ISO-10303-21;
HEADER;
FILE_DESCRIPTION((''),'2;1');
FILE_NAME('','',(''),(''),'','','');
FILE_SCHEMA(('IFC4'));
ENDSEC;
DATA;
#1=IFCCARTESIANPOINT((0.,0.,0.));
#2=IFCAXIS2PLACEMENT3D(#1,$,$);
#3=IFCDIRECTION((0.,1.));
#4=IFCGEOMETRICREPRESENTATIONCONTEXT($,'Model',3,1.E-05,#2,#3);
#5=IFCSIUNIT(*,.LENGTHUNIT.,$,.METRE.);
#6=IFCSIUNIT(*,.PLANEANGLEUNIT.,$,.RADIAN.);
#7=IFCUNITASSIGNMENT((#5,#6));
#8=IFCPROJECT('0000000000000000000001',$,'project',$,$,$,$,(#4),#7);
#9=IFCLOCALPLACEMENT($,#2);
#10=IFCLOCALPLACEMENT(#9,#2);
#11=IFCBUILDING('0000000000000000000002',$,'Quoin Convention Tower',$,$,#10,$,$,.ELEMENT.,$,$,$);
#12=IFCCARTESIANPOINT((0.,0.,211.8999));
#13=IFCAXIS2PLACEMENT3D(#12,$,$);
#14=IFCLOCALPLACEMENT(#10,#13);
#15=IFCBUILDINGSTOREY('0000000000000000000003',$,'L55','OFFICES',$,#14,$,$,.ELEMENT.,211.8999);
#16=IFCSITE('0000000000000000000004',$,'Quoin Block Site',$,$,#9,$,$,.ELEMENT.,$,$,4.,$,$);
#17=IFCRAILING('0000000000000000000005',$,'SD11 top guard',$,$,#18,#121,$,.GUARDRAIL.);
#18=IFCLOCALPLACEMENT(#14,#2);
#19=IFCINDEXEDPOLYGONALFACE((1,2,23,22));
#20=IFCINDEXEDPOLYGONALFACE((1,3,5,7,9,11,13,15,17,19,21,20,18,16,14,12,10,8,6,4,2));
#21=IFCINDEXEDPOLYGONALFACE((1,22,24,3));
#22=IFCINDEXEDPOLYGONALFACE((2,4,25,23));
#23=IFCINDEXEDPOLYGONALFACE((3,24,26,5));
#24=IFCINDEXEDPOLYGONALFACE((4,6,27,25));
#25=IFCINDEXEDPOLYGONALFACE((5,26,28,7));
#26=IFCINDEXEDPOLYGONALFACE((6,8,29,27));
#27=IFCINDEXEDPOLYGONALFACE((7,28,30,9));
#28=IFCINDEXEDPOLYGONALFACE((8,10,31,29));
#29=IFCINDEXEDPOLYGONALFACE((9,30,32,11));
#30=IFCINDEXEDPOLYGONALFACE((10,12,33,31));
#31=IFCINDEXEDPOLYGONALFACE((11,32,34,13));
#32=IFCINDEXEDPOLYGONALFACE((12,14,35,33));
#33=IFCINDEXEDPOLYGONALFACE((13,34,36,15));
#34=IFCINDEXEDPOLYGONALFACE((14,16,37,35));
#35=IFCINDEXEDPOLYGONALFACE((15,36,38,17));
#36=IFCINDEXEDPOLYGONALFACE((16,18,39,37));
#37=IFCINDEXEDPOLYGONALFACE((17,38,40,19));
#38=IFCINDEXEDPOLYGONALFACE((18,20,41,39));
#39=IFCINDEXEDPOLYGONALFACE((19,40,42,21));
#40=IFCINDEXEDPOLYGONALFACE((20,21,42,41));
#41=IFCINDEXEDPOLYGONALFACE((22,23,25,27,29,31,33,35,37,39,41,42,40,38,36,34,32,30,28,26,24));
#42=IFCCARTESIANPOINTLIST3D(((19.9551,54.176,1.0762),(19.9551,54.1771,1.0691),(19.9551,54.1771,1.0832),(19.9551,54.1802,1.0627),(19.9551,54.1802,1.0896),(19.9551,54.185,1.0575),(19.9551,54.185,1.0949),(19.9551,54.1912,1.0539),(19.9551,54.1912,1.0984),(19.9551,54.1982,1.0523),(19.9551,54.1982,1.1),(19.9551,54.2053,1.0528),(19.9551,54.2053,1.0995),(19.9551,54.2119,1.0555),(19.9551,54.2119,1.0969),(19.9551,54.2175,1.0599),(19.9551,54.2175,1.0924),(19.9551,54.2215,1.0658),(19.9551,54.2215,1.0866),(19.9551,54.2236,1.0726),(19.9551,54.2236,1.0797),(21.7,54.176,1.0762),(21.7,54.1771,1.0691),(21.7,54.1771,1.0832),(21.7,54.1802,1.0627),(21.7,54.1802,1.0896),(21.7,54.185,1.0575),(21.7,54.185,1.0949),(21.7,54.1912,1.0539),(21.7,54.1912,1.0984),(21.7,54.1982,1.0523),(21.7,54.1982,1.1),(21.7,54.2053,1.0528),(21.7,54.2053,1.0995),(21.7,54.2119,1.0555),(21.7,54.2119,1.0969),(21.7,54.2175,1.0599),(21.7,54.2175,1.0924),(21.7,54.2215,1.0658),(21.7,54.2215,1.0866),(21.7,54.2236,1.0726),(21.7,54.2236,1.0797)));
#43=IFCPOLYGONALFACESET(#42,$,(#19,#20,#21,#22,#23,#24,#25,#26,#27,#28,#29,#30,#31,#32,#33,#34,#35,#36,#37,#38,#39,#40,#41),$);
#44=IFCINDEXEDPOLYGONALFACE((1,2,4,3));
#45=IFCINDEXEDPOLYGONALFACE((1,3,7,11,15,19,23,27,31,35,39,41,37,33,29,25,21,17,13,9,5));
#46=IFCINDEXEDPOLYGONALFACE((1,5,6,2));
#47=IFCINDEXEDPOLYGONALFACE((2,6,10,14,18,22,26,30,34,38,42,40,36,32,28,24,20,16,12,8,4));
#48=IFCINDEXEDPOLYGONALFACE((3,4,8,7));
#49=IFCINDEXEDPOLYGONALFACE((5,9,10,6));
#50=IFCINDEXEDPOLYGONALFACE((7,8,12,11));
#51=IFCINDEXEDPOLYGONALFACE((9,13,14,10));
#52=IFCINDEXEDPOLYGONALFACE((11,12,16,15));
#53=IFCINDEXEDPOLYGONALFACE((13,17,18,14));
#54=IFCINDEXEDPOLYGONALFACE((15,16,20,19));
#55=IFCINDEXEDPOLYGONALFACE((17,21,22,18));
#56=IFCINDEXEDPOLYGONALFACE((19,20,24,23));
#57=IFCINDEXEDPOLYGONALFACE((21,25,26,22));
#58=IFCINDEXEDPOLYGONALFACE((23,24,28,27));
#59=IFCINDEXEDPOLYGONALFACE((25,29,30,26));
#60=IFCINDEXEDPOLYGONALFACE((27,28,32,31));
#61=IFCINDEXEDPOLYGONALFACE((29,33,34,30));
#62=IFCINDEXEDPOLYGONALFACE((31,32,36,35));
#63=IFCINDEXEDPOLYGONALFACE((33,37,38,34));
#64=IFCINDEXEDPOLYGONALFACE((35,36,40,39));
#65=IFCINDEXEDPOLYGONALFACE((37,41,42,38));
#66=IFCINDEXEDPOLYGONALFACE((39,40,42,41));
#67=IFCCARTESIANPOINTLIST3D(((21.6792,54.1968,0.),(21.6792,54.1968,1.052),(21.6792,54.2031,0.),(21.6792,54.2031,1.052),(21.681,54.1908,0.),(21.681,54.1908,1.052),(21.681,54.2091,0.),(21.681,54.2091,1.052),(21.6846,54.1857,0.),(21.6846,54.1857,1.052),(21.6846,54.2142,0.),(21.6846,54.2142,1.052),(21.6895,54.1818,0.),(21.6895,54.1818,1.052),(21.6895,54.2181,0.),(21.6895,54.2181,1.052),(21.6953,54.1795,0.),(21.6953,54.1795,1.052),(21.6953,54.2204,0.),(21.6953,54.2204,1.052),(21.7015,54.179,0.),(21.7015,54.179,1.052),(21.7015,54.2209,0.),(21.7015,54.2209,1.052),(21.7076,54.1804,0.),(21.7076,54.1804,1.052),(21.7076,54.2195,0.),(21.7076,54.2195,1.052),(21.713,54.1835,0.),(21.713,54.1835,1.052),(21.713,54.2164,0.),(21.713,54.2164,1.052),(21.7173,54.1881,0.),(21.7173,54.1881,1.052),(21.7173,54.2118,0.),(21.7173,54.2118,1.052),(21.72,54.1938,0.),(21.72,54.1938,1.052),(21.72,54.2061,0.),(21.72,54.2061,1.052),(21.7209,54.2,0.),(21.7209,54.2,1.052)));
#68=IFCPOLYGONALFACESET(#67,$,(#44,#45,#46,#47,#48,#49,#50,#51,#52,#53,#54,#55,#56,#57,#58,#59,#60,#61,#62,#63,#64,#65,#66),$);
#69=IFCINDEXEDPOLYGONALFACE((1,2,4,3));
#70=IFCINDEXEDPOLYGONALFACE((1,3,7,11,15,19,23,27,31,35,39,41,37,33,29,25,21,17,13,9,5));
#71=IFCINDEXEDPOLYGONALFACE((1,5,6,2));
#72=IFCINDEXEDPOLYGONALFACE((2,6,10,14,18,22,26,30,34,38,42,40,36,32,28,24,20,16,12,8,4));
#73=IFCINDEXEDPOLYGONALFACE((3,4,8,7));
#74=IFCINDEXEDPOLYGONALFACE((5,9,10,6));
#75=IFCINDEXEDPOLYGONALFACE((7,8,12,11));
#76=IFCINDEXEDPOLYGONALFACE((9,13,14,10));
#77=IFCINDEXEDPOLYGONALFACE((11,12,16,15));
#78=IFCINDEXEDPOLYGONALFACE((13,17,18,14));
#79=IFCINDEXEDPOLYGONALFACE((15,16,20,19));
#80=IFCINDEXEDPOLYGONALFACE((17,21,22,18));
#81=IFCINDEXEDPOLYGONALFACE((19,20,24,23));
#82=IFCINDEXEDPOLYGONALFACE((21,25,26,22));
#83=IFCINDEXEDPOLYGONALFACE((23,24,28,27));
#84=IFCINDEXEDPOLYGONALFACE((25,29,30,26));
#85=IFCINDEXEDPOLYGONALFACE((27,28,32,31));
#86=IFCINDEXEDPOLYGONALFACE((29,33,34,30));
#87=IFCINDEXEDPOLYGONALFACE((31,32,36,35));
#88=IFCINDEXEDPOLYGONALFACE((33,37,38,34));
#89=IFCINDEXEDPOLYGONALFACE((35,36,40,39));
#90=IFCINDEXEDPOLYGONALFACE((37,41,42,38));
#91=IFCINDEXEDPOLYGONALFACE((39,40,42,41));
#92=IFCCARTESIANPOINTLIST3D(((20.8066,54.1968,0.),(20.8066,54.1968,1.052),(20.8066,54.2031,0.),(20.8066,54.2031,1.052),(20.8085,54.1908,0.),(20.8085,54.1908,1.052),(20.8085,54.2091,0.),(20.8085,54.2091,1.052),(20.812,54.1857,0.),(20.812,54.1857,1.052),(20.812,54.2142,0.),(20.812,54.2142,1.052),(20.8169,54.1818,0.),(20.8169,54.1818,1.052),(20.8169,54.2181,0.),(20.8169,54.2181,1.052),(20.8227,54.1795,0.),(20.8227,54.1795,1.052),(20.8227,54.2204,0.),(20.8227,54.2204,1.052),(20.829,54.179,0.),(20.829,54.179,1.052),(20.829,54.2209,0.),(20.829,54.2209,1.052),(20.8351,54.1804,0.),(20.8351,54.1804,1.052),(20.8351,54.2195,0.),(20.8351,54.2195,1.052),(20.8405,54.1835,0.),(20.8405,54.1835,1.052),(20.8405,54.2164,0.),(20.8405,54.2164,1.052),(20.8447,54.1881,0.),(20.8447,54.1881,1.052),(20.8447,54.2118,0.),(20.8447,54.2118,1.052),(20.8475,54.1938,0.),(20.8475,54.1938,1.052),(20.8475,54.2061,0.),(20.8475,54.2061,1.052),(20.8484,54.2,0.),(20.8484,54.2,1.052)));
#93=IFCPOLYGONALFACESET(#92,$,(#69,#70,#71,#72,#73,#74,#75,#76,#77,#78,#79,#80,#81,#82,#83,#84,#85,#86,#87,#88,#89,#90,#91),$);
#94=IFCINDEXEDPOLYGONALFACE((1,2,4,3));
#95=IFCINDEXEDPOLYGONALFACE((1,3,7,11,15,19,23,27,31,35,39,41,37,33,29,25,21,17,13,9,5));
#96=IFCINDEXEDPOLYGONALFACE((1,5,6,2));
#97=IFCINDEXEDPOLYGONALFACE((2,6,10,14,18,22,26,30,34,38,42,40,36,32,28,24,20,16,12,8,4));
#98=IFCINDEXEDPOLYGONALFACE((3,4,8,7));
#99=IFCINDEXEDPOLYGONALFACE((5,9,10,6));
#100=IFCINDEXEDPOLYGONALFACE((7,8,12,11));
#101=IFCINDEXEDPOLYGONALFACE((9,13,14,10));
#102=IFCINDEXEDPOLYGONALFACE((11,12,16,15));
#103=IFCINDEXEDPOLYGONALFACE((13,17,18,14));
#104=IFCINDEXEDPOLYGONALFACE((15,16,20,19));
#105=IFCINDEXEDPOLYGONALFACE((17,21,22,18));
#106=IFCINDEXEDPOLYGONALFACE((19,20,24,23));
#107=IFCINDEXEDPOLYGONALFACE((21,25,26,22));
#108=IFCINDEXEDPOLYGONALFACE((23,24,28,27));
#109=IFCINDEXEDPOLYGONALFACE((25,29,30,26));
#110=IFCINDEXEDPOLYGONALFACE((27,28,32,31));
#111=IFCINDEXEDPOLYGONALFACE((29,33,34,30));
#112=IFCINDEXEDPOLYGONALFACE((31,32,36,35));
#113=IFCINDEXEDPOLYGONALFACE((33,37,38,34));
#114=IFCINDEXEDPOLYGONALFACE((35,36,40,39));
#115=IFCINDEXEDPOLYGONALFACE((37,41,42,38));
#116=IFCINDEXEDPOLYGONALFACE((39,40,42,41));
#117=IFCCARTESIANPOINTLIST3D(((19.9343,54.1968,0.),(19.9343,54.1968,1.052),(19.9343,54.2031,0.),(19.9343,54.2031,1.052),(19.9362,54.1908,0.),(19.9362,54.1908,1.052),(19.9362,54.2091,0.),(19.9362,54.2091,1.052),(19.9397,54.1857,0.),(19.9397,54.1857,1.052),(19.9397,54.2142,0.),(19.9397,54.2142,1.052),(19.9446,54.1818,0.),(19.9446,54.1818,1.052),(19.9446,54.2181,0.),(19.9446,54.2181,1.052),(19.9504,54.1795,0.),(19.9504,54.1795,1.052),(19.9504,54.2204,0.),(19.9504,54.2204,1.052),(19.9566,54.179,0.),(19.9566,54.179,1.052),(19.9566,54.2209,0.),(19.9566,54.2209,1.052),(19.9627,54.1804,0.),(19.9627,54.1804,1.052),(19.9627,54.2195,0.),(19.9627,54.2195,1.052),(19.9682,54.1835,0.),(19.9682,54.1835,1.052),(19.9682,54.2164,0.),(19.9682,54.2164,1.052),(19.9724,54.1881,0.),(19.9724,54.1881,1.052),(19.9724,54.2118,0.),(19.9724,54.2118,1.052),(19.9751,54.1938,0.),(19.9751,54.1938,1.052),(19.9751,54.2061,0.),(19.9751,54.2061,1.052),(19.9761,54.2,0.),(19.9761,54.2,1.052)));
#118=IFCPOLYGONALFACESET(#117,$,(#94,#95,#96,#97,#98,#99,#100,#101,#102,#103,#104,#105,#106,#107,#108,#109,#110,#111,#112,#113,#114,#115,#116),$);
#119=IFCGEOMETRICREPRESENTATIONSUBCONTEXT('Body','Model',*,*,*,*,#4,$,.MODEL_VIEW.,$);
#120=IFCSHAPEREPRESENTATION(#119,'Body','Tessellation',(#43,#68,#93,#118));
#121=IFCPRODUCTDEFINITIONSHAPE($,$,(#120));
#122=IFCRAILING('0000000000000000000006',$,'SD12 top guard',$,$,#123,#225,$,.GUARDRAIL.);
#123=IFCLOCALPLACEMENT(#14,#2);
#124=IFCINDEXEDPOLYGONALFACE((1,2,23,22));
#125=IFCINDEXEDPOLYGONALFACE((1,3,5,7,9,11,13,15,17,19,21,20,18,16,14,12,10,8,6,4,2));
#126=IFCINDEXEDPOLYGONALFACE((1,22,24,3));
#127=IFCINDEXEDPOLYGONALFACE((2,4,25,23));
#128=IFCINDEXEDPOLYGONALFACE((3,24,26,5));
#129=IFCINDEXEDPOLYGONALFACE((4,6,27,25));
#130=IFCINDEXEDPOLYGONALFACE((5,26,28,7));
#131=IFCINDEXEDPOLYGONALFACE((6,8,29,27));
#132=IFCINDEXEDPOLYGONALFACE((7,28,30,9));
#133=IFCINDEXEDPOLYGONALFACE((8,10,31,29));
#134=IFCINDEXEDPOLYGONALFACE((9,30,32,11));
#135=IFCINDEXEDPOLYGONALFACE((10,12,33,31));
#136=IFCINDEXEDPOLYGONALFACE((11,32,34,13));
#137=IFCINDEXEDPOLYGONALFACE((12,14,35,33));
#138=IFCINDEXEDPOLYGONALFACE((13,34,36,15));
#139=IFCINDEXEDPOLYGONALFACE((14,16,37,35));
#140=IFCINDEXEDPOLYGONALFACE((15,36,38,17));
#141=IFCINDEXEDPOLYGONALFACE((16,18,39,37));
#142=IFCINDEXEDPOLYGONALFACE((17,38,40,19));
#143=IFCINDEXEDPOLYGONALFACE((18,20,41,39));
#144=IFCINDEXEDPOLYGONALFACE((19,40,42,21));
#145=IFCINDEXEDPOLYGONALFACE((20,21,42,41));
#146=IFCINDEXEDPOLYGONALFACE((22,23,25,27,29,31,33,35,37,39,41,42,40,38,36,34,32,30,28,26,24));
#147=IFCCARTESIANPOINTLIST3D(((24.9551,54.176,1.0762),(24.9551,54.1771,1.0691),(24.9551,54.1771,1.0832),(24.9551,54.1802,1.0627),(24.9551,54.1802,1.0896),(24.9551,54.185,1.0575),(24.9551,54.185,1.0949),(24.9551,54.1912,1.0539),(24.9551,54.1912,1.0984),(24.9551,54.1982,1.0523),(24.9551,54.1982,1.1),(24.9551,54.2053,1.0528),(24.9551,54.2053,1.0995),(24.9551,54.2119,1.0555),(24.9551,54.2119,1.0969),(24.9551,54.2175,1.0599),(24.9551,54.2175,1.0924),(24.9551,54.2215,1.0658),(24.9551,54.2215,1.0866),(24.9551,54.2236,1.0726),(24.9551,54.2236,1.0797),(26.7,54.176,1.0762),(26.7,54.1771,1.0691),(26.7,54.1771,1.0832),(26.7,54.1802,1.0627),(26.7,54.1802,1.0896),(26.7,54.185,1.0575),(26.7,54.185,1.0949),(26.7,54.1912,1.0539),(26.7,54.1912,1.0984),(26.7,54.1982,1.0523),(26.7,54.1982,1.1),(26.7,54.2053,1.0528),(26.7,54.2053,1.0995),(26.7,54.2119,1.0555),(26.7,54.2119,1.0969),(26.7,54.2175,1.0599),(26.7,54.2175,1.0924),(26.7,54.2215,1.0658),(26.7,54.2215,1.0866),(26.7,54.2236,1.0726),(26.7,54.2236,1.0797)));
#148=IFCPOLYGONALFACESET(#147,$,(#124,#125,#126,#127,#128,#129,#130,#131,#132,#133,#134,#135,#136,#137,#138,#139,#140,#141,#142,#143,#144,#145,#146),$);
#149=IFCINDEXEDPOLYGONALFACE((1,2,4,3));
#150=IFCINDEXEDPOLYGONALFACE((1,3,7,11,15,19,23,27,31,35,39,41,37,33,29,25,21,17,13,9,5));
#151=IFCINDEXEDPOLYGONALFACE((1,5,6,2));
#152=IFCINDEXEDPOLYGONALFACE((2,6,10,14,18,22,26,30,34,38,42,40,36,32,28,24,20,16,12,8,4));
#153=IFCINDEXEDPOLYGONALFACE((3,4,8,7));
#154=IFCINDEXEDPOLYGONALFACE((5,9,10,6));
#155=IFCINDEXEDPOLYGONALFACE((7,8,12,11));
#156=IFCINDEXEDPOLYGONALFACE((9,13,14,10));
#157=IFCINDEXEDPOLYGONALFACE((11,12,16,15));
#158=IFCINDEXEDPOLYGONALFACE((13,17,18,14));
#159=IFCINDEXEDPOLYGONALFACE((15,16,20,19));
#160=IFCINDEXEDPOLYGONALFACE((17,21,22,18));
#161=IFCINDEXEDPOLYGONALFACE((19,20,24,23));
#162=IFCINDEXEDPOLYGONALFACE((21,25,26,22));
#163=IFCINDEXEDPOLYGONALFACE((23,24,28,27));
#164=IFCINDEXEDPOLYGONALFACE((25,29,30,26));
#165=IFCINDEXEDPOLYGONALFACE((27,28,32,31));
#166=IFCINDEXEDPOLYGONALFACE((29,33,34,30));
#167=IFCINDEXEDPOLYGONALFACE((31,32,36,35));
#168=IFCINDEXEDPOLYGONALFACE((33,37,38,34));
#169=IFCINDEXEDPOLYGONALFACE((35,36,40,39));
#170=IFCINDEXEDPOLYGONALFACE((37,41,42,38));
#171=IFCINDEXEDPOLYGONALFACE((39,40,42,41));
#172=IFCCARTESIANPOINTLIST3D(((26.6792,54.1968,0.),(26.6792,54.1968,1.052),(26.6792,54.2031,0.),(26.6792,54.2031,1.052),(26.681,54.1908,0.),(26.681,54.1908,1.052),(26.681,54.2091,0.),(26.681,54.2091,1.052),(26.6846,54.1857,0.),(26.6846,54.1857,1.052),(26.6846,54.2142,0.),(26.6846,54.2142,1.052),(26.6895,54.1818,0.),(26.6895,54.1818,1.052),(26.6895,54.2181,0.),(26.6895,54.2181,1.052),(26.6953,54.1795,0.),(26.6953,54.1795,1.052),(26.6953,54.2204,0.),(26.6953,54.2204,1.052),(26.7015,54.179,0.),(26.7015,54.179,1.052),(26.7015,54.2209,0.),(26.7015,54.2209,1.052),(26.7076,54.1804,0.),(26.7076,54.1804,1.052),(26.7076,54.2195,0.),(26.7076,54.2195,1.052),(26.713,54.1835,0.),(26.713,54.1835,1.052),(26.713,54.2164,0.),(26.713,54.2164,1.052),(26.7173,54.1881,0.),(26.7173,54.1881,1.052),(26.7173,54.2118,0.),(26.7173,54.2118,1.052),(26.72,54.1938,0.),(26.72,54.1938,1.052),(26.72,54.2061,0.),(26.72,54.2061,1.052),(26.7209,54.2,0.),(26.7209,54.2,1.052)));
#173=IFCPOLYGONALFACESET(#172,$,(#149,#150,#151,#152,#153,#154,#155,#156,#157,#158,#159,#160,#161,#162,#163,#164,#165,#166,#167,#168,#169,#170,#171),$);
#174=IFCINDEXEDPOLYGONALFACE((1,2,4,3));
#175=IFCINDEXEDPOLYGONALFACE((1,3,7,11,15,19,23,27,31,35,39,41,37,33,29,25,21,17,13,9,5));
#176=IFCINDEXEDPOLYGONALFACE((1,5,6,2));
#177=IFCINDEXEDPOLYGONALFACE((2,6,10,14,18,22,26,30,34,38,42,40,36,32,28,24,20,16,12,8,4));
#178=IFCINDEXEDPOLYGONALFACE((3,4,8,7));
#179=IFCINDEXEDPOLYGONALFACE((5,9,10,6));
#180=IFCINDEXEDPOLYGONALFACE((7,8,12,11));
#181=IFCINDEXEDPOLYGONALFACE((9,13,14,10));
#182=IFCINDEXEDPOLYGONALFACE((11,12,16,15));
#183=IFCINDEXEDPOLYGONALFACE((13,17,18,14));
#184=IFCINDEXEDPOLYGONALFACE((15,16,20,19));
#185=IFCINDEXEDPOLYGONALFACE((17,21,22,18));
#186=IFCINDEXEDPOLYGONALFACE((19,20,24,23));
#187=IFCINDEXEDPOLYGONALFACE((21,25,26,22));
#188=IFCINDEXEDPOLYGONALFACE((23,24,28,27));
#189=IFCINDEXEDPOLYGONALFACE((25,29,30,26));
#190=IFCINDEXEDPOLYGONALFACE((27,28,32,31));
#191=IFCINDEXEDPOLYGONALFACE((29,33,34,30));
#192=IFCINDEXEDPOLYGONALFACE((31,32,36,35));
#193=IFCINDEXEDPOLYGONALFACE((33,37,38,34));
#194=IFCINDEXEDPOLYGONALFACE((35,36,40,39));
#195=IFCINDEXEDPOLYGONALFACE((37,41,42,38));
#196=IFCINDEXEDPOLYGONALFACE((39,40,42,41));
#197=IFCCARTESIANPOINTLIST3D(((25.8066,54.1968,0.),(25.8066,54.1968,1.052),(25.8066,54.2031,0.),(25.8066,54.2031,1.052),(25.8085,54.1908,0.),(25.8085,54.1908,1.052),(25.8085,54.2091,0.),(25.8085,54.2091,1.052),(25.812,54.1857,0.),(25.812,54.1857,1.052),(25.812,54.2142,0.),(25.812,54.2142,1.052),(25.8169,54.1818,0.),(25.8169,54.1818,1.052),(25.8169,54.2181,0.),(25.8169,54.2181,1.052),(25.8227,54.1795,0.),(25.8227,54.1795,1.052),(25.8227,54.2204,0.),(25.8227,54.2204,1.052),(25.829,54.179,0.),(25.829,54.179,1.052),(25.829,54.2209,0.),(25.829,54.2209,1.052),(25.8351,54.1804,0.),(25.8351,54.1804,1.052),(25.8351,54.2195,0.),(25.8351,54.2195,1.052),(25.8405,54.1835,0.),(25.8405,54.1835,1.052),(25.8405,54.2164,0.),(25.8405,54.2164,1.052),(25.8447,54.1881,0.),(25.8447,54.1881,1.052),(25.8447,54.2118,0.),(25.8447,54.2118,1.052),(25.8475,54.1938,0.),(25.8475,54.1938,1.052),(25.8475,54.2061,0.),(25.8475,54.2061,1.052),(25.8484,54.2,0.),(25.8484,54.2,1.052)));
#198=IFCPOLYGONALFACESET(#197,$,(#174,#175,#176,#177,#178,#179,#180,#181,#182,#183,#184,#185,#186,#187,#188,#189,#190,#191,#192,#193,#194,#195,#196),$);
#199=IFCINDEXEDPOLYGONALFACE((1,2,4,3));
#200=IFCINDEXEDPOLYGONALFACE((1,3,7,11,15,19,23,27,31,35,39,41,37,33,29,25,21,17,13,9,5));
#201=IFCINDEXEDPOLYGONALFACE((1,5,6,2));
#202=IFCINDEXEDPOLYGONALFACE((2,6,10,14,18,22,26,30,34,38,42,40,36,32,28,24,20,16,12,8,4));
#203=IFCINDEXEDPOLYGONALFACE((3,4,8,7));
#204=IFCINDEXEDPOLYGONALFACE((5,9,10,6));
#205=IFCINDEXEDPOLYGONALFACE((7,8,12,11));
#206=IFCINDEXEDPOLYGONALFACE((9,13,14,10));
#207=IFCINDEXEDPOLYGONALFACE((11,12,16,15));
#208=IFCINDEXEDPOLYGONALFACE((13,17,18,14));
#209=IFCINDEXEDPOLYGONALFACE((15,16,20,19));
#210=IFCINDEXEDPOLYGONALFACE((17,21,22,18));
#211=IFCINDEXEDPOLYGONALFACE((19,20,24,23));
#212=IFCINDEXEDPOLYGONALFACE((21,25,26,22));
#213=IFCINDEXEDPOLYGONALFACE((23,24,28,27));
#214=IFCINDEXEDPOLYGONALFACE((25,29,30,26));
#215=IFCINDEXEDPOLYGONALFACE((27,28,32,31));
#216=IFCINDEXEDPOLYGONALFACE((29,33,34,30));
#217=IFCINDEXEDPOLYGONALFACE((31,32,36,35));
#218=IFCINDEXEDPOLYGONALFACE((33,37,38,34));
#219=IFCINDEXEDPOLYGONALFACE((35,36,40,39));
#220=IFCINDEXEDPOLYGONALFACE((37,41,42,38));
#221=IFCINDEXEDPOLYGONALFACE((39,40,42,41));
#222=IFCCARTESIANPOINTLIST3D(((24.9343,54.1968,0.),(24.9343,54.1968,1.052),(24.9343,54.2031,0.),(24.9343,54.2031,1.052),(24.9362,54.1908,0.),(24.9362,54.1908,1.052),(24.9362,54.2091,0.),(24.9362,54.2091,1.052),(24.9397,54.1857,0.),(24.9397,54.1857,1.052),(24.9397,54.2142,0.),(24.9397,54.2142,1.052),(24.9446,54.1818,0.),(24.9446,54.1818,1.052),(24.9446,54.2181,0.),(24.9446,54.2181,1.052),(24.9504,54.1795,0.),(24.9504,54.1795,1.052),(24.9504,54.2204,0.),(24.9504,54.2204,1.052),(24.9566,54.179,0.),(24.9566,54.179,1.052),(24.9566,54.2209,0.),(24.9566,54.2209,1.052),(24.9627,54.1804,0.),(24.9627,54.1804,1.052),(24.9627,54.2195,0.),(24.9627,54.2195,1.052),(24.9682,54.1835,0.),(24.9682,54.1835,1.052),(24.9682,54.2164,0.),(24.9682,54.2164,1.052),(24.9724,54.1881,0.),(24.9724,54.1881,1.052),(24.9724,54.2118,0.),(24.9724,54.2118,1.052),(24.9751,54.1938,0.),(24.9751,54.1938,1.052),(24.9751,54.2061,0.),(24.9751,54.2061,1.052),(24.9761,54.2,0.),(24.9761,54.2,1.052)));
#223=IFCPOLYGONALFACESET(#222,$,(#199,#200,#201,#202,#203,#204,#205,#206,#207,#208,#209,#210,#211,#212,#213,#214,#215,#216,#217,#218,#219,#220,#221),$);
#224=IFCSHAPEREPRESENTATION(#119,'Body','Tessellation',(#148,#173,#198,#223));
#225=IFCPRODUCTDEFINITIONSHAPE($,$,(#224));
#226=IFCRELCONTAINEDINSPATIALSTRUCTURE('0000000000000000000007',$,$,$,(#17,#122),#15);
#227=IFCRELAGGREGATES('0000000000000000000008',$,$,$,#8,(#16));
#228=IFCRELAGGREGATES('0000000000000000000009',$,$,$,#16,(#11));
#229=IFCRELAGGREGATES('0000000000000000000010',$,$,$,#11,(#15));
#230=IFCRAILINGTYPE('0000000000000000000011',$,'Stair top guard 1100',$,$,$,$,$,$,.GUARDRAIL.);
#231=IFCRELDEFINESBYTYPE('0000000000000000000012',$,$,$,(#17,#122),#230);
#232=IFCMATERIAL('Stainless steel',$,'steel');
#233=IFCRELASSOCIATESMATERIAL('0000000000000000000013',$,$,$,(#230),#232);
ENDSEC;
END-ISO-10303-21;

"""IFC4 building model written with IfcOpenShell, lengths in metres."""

from ifc_helpers import new_model, si_unit, direction, frame, origin, origin_2d, place, context, subcontext, project, spatial, circle, extrude, material, type_object, element, save


model = new_model("IFC4")

# Units and contexts
model_context = context("Model", 3, precision=1e-05, world=origin(), true_north=direction((0.0, 1.0)))
body_context = subcontext(model_context, "Body", "Model", "MODEL_VIEW")
ifc_project = project(units=[si_unit("LENGTHUNIT", "METRE"), si_unit("PLANEANGLEUNIT", "RADIAN")], contexts=[model_context])

# Site, building, storey
site_placement = place(None, origin())
site = spatial("IfcSite", under=ifc_project, at=site_placement, Name="Quoin Block Site", CompositionType="ELEMENT", RefElevation=4.0)
building_placement = place(site_placement, origin())
building = spatial("IfcBuilding", under=site, at=building_placement, Name="Quoin Convention Tower", CompositionType="ELEMENT")
storey_placement = place(building_placement, frame((0.0, 0.0, 211.8999)))
storey = spatial("IfcBuildingStorey", under=building, at=storey_placement, Name="L55", Description="OFFICES", CompositionType="ELEMENT", Elevation=211.8999)

# Railings
ifc_material_1 = material(Name="Stainless steel", Category="steel")
railing_type_1 = type_object("IfcRailingType", Name="Stair top guard 1100", PredefinedType="GUARDRAIL", material=ifc_material_1)
for number, where, name in (
    (1, (21.7, 54.2, 0.0), "SD11 top guard"),
    (2, (26.7, 54.2, 0.0), "SD12 top guard"),
):
    element("IfcRailing", number, at=place(storey_placement, frame(where)), inside=storey, type_object=railing_type_1, Name=name, PredefinedType="GUARDRAIL", context=body_context, shape_type="SweptSolid", body=[
        extrude(circle(Radius=0.0239, at=origin_2d()), frame((0.0, 0.0, 1.0762), z_axis=(-1.0, 0.0, 0.0), x_axis=(0.0, -1.0, 0.0)), (0.0, 0.0, 1.0), 1.7449),
        extrude(circle(Radius=0.021, at=origin_2d()), origin(), (0.0, 0.0, 1.0), 1.052),
        extrude(circle(Radius=0.021, at=origin_2d()), frame((-0.8726, 0.0, 0.0)), (0.0, 0.0, 1.0), 1.052),
        extrude(circle(Radius=0.021, at=origin_2d()), frame((-1.7449, 0.0, 0.0)), (0.0, 0.0, 1.0), 1.052),
    ])

save(model, "model.ifc")
